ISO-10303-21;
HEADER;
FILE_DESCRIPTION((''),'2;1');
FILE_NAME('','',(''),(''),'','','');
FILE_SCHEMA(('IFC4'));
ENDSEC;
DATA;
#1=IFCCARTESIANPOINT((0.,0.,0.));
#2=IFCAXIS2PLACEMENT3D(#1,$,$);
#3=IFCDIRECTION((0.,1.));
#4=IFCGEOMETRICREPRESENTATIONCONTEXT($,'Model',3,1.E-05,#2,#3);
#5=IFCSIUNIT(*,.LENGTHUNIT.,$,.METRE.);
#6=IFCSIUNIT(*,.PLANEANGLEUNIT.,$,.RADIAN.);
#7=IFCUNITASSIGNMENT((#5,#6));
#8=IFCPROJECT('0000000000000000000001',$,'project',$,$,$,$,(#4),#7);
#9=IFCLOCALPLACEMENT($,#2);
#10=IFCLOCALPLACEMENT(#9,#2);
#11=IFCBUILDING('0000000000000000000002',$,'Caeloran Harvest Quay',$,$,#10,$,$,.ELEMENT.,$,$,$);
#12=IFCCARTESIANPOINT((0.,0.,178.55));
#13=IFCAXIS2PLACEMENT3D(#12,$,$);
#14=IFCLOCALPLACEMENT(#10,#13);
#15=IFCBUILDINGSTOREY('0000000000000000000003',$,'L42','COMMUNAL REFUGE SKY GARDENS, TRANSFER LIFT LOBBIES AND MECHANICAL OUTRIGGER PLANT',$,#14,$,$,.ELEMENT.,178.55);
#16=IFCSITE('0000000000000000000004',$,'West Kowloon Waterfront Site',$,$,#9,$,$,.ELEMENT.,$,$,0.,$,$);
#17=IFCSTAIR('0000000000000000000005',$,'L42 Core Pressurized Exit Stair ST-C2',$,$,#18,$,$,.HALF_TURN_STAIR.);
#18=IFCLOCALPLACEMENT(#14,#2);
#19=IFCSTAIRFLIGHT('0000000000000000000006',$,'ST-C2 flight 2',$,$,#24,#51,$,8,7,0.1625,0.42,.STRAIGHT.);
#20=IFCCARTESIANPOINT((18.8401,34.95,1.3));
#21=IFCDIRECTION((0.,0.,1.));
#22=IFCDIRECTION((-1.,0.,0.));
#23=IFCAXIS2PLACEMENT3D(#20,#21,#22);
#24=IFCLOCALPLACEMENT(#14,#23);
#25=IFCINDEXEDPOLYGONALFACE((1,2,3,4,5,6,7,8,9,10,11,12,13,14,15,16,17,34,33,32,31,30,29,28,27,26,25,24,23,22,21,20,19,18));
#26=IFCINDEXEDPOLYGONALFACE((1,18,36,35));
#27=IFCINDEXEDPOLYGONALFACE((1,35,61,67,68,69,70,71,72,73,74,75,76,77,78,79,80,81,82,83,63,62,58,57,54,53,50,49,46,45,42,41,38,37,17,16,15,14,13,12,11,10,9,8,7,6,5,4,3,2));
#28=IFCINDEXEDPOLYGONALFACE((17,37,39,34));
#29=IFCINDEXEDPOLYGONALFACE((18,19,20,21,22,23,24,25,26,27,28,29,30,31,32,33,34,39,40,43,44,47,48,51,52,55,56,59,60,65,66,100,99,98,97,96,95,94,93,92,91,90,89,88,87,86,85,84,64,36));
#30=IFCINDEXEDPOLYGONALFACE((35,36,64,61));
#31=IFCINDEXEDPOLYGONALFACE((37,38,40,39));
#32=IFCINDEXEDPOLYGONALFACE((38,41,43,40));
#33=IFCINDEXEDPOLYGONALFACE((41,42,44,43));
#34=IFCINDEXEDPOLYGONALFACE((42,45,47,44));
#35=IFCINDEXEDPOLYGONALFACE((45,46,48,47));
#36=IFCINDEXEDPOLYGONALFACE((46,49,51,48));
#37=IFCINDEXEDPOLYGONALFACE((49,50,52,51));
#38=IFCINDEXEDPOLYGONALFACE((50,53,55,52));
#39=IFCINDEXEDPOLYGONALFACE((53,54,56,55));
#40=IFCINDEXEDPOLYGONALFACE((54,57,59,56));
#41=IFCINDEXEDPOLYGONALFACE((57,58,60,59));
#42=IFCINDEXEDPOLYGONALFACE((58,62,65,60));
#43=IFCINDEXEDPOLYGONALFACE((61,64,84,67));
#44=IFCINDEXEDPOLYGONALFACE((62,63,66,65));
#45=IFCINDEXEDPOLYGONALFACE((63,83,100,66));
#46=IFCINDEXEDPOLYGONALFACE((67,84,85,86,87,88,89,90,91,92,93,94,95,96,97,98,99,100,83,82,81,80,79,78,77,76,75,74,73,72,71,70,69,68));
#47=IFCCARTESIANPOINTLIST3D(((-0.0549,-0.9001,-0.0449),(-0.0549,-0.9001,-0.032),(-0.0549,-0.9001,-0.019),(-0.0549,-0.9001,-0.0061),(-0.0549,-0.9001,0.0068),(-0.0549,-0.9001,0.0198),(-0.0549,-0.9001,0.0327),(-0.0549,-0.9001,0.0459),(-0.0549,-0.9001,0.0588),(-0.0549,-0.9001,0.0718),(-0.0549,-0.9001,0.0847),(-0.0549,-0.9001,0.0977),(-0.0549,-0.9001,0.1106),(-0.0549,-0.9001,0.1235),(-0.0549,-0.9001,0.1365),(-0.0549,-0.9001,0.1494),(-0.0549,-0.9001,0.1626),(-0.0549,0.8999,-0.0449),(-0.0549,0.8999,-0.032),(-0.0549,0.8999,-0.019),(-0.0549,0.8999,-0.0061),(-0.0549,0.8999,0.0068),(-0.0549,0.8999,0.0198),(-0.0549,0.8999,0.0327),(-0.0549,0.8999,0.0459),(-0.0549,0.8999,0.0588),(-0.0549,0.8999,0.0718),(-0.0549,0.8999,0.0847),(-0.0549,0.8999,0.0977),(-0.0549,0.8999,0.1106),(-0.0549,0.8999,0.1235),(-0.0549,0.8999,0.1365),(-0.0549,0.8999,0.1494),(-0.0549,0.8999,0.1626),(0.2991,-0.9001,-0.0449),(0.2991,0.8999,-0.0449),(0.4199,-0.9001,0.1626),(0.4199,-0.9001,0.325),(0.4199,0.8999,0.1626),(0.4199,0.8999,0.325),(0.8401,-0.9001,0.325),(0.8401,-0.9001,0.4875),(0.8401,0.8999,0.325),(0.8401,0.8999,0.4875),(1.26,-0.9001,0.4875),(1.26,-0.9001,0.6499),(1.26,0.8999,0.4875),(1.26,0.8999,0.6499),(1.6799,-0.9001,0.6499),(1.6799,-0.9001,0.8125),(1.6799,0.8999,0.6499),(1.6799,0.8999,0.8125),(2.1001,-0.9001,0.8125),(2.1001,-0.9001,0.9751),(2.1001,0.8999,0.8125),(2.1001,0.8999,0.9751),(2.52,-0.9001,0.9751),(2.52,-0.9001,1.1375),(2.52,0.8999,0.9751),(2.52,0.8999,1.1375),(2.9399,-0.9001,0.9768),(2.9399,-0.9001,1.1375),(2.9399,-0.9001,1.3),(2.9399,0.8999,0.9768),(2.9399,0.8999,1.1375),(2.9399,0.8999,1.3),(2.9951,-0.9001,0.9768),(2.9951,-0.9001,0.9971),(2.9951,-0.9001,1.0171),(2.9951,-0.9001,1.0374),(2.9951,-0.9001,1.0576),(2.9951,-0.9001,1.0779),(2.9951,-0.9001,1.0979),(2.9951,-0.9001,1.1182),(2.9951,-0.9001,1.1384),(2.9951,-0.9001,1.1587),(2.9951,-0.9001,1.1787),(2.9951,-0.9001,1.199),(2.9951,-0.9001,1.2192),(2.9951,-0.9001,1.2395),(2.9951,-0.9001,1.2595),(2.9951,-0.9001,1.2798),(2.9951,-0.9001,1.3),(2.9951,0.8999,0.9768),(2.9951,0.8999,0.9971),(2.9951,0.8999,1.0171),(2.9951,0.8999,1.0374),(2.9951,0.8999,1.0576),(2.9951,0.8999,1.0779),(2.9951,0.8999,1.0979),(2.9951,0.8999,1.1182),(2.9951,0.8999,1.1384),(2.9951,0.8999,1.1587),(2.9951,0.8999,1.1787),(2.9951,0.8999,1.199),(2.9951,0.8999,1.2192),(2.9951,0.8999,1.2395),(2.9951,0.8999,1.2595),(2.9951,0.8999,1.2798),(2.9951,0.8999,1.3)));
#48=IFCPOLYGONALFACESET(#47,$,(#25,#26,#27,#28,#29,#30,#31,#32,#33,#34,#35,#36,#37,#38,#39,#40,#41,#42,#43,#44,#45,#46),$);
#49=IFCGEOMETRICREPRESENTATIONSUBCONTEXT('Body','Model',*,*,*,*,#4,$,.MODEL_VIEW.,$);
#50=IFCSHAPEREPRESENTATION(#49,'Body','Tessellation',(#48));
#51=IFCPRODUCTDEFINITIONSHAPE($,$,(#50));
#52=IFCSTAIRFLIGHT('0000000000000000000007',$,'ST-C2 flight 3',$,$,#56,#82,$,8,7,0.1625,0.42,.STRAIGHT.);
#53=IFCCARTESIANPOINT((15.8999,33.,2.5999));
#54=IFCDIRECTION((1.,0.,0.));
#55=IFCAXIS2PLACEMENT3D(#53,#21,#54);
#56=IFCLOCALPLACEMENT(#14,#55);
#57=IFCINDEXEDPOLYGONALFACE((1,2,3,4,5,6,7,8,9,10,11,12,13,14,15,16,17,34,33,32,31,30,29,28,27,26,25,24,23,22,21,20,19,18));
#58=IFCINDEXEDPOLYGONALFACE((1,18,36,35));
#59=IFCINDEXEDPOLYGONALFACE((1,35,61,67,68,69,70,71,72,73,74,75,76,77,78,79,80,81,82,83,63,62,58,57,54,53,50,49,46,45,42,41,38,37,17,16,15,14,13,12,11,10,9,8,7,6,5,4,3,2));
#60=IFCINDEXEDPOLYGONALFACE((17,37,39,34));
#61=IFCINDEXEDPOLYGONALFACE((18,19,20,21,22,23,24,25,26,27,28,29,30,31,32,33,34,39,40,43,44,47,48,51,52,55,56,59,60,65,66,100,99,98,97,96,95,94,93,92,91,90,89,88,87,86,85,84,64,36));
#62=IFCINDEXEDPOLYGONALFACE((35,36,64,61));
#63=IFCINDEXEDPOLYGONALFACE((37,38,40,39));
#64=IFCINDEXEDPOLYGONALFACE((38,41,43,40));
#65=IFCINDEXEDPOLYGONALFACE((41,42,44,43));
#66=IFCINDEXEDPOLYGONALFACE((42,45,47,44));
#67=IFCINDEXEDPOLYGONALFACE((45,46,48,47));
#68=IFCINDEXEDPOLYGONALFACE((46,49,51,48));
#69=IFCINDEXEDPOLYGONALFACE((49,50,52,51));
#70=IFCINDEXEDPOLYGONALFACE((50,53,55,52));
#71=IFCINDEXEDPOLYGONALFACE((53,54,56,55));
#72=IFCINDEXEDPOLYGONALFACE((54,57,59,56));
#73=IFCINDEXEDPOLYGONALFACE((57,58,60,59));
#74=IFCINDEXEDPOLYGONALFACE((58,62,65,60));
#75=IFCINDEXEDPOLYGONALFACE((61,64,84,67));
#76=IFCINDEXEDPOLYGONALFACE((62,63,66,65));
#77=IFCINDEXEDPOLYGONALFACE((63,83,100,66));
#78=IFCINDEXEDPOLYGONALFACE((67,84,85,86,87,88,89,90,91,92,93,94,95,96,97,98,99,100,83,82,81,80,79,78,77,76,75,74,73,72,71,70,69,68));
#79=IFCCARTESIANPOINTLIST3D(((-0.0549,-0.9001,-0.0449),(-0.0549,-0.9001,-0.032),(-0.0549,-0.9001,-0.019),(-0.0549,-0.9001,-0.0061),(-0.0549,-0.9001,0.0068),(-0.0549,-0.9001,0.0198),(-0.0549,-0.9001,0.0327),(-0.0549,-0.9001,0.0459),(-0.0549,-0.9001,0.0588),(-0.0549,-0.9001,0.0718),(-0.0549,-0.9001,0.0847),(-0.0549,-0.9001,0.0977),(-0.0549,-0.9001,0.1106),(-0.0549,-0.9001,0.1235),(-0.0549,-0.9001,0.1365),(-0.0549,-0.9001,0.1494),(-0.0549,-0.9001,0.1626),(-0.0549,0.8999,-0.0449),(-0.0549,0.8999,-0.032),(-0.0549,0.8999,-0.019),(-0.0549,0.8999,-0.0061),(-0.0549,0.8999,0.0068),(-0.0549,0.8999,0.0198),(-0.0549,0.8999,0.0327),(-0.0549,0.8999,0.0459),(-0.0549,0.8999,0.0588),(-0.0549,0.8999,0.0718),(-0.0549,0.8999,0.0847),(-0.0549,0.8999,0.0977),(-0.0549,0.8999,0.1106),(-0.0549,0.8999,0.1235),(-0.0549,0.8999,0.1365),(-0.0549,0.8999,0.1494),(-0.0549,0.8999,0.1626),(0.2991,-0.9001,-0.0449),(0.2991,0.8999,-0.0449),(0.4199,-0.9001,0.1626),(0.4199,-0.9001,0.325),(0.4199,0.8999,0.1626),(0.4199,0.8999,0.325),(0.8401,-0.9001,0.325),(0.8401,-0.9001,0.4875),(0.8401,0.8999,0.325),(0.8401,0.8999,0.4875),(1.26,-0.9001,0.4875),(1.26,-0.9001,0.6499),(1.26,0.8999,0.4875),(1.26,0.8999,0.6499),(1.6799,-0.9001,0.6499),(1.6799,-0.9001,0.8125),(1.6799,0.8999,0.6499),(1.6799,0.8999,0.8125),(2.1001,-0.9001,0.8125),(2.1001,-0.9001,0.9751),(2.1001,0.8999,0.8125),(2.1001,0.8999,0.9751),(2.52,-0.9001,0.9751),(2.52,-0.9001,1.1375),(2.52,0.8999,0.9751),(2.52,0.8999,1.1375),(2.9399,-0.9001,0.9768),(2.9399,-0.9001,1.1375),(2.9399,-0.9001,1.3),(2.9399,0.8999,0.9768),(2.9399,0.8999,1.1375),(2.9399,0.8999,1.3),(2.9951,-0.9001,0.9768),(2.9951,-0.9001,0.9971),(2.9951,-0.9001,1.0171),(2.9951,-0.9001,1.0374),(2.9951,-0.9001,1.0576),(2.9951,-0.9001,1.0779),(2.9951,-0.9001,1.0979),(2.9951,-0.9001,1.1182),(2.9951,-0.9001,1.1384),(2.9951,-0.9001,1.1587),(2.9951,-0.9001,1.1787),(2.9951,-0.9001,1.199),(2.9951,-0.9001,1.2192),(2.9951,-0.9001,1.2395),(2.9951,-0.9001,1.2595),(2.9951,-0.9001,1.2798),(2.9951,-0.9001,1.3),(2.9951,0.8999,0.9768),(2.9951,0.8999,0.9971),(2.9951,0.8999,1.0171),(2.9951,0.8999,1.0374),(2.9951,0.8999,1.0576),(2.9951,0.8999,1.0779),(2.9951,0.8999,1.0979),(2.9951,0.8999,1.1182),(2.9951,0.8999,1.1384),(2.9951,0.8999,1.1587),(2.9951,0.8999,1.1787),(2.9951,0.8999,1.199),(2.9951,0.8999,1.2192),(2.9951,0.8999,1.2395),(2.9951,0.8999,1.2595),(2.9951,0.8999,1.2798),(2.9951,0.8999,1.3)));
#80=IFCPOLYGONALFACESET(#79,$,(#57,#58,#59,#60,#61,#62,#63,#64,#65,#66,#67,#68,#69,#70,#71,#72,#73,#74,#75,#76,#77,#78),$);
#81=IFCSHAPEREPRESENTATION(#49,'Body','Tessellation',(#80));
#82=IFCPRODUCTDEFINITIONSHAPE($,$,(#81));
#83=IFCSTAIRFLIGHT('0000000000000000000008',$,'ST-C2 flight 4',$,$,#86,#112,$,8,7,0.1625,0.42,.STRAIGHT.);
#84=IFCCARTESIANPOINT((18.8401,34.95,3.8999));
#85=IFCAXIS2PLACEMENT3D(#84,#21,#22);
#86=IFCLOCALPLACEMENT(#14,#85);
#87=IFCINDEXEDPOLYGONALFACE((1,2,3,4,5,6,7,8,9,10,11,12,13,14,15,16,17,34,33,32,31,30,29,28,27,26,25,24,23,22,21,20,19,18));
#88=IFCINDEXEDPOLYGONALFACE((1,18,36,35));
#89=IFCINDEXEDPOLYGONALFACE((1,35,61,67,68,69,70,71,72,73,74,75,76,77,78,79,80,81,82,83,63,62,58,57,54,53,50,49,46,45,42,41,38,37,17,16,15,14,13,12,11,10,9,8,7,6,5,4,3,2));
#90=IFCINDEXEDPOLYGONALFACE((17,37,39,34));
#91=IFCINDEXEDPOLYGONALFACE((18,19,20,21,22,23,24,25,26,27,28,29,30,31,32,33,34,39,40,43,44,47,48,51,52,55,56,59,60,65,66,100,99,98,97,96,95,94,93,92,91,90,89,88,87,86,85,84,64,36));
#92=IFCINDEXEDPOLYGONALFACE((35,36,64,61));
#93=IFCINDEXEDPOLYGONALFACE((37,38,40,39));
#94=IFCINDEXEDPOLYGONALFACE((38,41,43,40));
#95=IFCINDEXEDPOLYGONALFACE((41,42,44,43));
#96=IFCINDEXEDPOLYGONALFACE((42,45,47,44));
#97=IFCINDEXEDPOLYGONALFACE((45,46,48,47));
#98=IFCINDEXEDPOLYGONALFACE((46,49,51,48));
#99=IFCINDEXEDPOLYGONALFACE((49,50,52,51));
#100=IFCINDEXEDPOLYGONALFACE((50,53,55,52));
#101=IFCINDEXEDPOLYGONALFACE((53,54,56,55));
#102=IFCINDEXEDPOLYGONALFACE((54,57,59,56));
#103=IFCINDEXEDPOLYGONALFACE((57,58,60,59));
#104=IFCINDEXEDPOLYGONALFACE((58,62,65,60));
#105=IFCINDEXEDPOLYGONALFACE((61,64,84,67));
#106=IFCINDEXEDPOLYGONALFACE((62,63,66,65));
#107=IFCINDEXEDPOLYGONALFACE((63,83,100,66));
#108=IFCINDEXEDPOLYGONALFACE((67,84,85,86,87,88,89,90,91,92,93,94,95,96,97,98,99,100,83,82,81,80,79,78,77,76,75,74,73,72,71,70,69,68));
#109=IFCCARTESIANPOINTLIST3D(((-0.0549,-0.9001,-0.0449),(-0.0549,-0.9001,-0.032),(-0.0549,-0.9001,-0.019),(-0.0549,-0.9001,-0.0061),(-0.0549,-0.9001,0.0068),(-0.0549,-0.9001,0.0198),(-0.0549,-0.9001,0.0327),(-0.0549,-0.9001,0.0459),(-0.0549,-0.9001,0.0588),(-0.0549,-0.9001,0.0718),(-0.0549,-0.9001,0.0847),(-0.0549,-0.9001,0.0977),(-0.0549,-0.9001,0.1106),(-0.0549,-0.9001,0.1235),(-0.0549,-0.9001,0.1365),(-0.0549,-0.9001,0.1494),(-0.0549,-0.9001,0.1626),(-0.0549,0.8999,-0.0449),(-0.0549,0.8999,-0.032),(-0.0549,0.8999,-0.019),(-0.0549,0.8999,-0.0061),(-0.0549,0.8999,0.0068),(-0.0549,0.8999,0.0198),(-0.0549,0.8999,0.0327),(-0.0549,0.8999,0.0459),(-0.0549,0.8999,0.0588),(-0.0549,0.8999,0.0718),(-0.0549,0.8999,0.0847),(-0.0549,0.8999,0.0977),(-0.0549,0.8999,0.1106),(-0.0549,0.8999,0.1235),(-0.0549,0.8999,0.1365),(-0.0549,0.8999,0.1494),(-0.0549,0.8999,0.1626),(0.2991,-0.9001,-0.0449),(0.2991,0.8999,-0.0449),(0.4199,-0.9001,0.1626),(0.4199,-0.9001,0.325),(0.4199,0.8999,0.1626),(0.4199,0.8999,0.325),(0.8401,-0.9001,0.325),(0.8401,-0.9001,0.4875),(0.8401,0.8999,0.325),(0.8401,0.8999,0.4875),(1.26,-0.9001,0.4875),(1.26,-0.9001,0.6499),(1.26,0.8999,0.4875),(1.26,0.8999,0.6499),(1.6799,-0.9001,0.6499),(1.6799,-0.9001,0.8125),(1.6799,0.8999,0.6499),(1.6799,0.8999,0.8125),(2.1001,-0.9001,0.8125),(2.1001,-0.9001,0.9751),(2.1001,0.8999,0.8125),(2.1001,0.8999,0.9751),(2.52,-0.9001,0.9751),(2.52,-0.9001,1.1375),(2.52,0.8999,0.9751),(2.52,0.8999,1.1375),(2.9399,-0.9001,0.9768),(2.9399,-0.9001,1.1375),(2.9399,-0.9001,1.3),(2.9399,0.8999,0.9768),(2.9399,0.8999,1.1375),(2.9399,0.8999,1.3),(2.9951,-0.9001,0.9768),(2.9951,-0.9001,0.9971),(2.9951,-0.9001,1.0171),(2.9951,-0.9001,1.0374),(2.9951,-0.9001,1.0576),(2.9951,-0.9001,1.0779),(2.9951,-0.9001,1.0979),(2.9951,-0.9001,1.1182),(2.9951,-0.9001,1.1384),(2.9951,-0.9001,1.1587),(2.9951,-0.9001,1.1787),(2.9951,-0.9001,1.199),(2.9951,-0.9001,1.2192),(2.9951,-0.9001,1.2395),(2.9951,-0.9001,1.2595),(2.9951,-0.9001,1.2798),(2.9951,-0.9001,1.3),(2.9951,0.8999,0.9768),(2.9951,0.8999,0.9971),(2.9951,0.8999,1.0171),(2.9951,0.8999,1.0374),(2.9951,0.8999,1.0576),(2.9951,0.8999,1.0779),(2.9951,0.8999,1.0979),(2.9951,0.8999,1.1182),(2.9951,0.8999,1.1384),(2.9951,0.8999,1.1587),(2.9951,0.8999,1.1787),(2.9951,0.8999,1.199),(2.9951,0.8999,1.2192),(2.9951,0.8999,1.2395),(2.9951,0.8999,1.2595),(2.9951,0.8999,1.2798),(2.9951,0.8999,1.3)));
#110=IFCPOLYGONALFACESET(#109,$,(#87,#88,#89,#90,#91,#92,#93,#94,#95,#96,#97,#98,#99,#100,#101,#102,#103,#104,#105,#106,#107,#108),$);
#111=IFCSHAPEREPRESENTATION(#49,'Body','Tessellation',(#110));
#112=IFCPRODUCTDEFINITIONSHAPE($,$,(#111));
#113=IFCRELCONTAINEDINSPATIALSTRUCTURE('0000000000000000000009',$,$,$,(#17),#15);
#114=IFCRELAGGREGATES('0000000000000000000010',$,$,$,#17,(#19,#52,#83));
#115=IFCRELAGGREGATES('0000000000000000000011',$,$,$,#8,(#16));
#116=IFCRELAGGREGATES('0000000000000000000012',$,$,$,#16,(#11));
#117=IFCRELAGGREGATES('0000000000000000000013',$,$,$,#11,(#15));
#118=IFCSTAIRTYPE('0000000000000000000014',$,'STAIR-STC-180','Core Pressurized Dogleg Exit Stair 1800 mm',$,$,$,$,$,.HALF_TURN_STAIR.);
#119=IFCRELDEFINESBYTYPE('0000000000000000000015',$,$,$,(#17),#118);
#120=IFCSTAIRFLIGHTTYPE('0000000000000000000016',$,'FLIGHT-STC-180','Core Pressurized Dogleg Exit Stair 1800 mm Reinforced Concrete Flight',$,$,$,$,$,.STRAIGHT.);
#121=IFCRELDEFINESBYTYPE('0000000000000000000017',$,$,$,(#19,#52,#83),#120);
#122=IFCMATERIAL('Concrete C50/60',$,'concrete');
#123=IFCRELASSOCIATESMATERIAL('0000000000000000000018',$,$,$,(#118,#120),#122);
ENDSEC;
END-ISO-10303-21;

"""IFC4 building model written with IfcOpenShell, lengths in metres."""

from ifc_helpers import new_model, si_unit, direction, frame, origin, place, context, subcontext, project, spatial, polyline, outline, extrude, material, type_object, element, aggregate, save


model = new_model("IFC4")

# Units and contexts
model_context = context("Model", 3, precision=1e-05, world=origin(), true_north=direction((0.0, 1.0)))
body_context = subcontext(model_context, "Body", "Model", "MODEL_VIEW")
ifc_project = project(units=[si_unit("LENGTHUNIT", "METRE"), si_unit("PLANEANGLEUNIT", "RADIAN")], contexts=[model_context])

# Site, building, storey
site_placement = place(None, origin())
site = spatial("IfcSite", under=ifc_project, at=site_placement, Name="West Kowloon Waterfront Site", CompositionType="ELEMENT", RefElevation=0.0)
building_placement = place(site_placement, origin())
building = spatial("IfcBuilding", under=site, at=building_placement, Name="Caeloran Harvest Quay", CompositionType="ELEMENT")
storey_placement = place(building_placement, frame((0.0, 0.0, 178.55)))
storey = spatial("IfcBuildingStorey", under=building, at=storey_placement, Name="L42", Description="COMMUNAL REFUGE SKY GARDENS, TRANSFER LIFT LOBBIES AND MECHANICAL OUTRIGGER PLANT", CompositionType="ELEMENT", Elevation=178.55)

# Shared definitions
ifc_material_1 = material(Name="Concrete C50/60", Category="concrete")

# Stair, stair flights
stair_type = type_object("IfcStairType", Name="STAIR-STC-180", Description="Core Pressurized Dogleg Exit Stair 1800 mm", PredefinedType="HALF_TURN_STAIR", material=ifc_material_1)
stair_flight_type = type_object("IfcStairFlightType", Name="FLIGHT-STC-180", Description="Core Pressurized Dogleg Exit Stair 1800 mm Reinforced Concrete Flight", PredefinedType="STRAIGHT", material=ifc_material_1)
stair_1_placement = place(storey_placement, origin())
stair_1 = element("IfcStair", 1, at=stair_1_placement, inside=storey, type_object=stair_type, Name="L42 Core Pressurized Exit Stair ST-C2", PredefinedType="HALF_TURN_STAIR")
stair_flight_1_placement = place(storey_placement, frame((18.8401, 34.95, 1.3), z_axis=(0.0, 0.0, 1.0), x_axis=(-1.0, 0.0, 0.0)))
stair_flight_1 = element("IfcStairFlight", 2, at=stair_flight_1_placement, type_object=stair_flight_type, Name="ST-C2 flight 2", NumberOfRisers=8, NumberOfTreads=7, PredefinedType="STRAIGHT", RiserHeight=0.1625, TreadLength=0.42, context=body_context, shape_type="SweptSolid", body=[
    extrude(outline(polyline([(-0.0549, -0.0449), (-0.0549, -0.032), (-0.0549, -0.019), (-0.0549, -0.0061), (-0.0549, 0.0068), (-0.0549, 0.0198), (-0.0549, 0.0327), (-0.0549, 0.0459), (-0.0549, 0.0588), (-0.0549, 0.0718), (-0.0549, 0.0847), (-0.0549, 0.0977), (-0.0549, 0.1106), (-0.0549, 0.1235), (-0.0549, 0.1365), (-0.0549, 0.1494), (-0.0549, 0.1626), (0.4199, 0.1626), (0.4199, 0.325), (0.8401, 0.325), (0.8401, 0.4875), (1.26, 0.4875), (1.26, 0.6499), (1.6799, 0.6499), (1.6799, 0.8125), (2.1001, 0.8125), (2.1001, 0.9751), (2.52, 0.9751), (2.52, 1.1375), (2.9399, 1.1375), (2.9399, 1.3), (2.9951, 1.3), (2.9951, 1.2798), (2.9951, 1.2595), (2.9951, 1.2395), (2.9951, 1.2192), (2.9951, 1.199), (2.9951, 1.1787), (2.9951, 1.1587), (2.9951, 1.1384), (2.9951, 1.1182), (2.9951, 1.0979), (2.9951, 1.0779), (2.9951, 1.0576), (2.9951, 1.0374), (2.9951, 1.0171), (2.9951, 0.9971), (2.9951, 0.9768), (2.9399, 0.9768), (0.2991, -0.0449), (-0.0549, -0.0449)])), frame((0.0, 0.8999, 0.0), z_axis=(0.0, -1.0, 0.0), x_axis=(1.0, 0.0, 0.0)), (0.0, 0.0, 1.0), 1.8),
])
stair_flight_2_placement = place(storey_placement, frame((15.8999, 33.0, 2.5999), z_axis=(0.0, 0.0, 1.0), x_axis=(1.0, 0.0, 0.0)))
stair_flight_2 = element("IfcStairFlight", 3, at=stair_flight_2_placement, type_object=stair_flight_type, Name="ST-C2 flight 3", NumberOfRisers=8, NumberOfTreads=7, PredefinedType="STRAIGHT", RiserHeight=0.1625, TreadLength=0.42, context=body_context, shape_type="SweptSolid", body=[
    extrude(outline(polyline([(-0.0549, -0.0449), (-0.0549, -0.032), (-0.0549, -0.019), (-0.0549, -0.0061), (-0.0549, 0.0068), (-0.0549, 0.0198), (-0.0549, 0.0327), (-0.0549, 0.0459), (-0.0549, 0.0588), (-0.0549, 0.0718), (-0.0549, 0.0847), (-0.0549, 0.0977), (-0.0549, 0.1106), (-0.0549, 0.1235), (-0.0549, 0.1365), (-0.0549, 0.1494), (-0.0549, 0.1626), (0.4199, 0.1626), (0.4199, 0.325), (0.8401, 0.325), (0.8401, 0.4875), (1.26, 0.4875), (1.26, 0.6499), (1.6799, 0.6499), (1.6799, 0.8125), (2.1001, 0.8125), (2.1001, 0.9751), (2.52, 0.9751), (2.52, 1.1375), (2.9399, 1.1375), (2.9399, 1.3), (2.9951, 1.3), (2.9951, 1.2798), (2.9951, 1.2595), (2.9951, 1.2395), (2.9951, 1.2192), (2.9951, 1.199), (2.9951, 1.1787), (2.9951, 1.1587), (2.9951, 1.1384), (2.9951, 1.1182), (2.9951, 1.0979), (2.9951, 1.0779), (2.9951, 1.0576), (2.9951, 1.0374), (2.9951, 1.0171), (2.9951, 0.9971), (2.9951, 0.9768), (2.9399, 0.9768), (0.2991, -0.0449), (-0.0549, -0.0449)])), frame((0.0, 0.8999, 0.0), z_axis=(0.0, -1.0, 0.0), x_axis=(1.0, 0.0, 0.0)), (0.0, 0.0, 1.0), 1.8),
])
stair_flight_3_placement = place(storey_placement, frame((18.8401, 34.95, 3.8999), z_axis=(0.0, 0.0, 1.0), x_axis=(-1.0, 0.0, 0.0)))
stair_flight_3 = element("IfcStairFlight", 4, at=stair_flight_3_placement, type_object=stair_flight_type, Name="ST-C2 flight 4", NumberOfRisers=8, NumberOfTreads=7, PredefinedType="STRAIGHT", RiserHeight=0.1625, TreadLength=0.42, context=body_context, shape_type="SweptSolid", body=[
    extrude(outline(polyline([(-0.0549, -0.0449), (-0.0549, -0.032), (-0.0549, -0.019), (-0.0549, -0.0061), (-0.0549, 0.0068), (-0.0549, 0.0198), (-0.0549, 0.0327), (-0.0549, 0.0459), (-0.0549, 0.0588), (-0.0549, 0.0718), (-0.0549, 0.0847), (-0.0549, 0.0977), (-0.0549, 0.1106), (-0.0549, 0.1235), (-0.0549, 0.1365), (-0.0549, 0.1494), (-0.0549, 0.1626), (0.4199, 0.1626), (0.4199, 0.325), (0.8401, 0.325), (0.8401, 0.4875), (1.26, 0.4875), (1.26, 0.6499), (1.6799, 0.6499), (1.6799, 0.8125), (2.1001, 0.8125), (2.1001, 0.9751), (2.52, 0.9751), (2.52, 1.1375), (2.9399, 1.1375), (2.9399, 1.3), (2.9951, 1.3), (2.9951, 1.2798), (2.9951, 1.2595), (2.9951, 1.2395), (2.9951, 1.2192), (2.9951, 1.199), (2.9951, 1.1787), (2.9951, 1.1587), (2.9951, 1.1384), (2.9951, 1.1182), (2.9951, 1.0979), (2.9951, 1.0779), (2.9951, 1.0576), (2.9951, 1.0374), (2.9951, 1.0171), (2.9951, 0.9971), (2.9951, 0.9768), (2.9399, 0.9768), (0.2991, -0.0449), (-0.0549, -0.0449)])), frame((0.0, 0.8999, 0.0), z_axis=(0.0, -1.0, 0.0), x_axis=(1.0, 0.0, 0.0)), (0.0, 0.0, 1.0), 1.8),
])
aggregate(stair_1, [stair_flight_1, stair_flight_2, stair_flight_3])

save(model, "model.ifc")
